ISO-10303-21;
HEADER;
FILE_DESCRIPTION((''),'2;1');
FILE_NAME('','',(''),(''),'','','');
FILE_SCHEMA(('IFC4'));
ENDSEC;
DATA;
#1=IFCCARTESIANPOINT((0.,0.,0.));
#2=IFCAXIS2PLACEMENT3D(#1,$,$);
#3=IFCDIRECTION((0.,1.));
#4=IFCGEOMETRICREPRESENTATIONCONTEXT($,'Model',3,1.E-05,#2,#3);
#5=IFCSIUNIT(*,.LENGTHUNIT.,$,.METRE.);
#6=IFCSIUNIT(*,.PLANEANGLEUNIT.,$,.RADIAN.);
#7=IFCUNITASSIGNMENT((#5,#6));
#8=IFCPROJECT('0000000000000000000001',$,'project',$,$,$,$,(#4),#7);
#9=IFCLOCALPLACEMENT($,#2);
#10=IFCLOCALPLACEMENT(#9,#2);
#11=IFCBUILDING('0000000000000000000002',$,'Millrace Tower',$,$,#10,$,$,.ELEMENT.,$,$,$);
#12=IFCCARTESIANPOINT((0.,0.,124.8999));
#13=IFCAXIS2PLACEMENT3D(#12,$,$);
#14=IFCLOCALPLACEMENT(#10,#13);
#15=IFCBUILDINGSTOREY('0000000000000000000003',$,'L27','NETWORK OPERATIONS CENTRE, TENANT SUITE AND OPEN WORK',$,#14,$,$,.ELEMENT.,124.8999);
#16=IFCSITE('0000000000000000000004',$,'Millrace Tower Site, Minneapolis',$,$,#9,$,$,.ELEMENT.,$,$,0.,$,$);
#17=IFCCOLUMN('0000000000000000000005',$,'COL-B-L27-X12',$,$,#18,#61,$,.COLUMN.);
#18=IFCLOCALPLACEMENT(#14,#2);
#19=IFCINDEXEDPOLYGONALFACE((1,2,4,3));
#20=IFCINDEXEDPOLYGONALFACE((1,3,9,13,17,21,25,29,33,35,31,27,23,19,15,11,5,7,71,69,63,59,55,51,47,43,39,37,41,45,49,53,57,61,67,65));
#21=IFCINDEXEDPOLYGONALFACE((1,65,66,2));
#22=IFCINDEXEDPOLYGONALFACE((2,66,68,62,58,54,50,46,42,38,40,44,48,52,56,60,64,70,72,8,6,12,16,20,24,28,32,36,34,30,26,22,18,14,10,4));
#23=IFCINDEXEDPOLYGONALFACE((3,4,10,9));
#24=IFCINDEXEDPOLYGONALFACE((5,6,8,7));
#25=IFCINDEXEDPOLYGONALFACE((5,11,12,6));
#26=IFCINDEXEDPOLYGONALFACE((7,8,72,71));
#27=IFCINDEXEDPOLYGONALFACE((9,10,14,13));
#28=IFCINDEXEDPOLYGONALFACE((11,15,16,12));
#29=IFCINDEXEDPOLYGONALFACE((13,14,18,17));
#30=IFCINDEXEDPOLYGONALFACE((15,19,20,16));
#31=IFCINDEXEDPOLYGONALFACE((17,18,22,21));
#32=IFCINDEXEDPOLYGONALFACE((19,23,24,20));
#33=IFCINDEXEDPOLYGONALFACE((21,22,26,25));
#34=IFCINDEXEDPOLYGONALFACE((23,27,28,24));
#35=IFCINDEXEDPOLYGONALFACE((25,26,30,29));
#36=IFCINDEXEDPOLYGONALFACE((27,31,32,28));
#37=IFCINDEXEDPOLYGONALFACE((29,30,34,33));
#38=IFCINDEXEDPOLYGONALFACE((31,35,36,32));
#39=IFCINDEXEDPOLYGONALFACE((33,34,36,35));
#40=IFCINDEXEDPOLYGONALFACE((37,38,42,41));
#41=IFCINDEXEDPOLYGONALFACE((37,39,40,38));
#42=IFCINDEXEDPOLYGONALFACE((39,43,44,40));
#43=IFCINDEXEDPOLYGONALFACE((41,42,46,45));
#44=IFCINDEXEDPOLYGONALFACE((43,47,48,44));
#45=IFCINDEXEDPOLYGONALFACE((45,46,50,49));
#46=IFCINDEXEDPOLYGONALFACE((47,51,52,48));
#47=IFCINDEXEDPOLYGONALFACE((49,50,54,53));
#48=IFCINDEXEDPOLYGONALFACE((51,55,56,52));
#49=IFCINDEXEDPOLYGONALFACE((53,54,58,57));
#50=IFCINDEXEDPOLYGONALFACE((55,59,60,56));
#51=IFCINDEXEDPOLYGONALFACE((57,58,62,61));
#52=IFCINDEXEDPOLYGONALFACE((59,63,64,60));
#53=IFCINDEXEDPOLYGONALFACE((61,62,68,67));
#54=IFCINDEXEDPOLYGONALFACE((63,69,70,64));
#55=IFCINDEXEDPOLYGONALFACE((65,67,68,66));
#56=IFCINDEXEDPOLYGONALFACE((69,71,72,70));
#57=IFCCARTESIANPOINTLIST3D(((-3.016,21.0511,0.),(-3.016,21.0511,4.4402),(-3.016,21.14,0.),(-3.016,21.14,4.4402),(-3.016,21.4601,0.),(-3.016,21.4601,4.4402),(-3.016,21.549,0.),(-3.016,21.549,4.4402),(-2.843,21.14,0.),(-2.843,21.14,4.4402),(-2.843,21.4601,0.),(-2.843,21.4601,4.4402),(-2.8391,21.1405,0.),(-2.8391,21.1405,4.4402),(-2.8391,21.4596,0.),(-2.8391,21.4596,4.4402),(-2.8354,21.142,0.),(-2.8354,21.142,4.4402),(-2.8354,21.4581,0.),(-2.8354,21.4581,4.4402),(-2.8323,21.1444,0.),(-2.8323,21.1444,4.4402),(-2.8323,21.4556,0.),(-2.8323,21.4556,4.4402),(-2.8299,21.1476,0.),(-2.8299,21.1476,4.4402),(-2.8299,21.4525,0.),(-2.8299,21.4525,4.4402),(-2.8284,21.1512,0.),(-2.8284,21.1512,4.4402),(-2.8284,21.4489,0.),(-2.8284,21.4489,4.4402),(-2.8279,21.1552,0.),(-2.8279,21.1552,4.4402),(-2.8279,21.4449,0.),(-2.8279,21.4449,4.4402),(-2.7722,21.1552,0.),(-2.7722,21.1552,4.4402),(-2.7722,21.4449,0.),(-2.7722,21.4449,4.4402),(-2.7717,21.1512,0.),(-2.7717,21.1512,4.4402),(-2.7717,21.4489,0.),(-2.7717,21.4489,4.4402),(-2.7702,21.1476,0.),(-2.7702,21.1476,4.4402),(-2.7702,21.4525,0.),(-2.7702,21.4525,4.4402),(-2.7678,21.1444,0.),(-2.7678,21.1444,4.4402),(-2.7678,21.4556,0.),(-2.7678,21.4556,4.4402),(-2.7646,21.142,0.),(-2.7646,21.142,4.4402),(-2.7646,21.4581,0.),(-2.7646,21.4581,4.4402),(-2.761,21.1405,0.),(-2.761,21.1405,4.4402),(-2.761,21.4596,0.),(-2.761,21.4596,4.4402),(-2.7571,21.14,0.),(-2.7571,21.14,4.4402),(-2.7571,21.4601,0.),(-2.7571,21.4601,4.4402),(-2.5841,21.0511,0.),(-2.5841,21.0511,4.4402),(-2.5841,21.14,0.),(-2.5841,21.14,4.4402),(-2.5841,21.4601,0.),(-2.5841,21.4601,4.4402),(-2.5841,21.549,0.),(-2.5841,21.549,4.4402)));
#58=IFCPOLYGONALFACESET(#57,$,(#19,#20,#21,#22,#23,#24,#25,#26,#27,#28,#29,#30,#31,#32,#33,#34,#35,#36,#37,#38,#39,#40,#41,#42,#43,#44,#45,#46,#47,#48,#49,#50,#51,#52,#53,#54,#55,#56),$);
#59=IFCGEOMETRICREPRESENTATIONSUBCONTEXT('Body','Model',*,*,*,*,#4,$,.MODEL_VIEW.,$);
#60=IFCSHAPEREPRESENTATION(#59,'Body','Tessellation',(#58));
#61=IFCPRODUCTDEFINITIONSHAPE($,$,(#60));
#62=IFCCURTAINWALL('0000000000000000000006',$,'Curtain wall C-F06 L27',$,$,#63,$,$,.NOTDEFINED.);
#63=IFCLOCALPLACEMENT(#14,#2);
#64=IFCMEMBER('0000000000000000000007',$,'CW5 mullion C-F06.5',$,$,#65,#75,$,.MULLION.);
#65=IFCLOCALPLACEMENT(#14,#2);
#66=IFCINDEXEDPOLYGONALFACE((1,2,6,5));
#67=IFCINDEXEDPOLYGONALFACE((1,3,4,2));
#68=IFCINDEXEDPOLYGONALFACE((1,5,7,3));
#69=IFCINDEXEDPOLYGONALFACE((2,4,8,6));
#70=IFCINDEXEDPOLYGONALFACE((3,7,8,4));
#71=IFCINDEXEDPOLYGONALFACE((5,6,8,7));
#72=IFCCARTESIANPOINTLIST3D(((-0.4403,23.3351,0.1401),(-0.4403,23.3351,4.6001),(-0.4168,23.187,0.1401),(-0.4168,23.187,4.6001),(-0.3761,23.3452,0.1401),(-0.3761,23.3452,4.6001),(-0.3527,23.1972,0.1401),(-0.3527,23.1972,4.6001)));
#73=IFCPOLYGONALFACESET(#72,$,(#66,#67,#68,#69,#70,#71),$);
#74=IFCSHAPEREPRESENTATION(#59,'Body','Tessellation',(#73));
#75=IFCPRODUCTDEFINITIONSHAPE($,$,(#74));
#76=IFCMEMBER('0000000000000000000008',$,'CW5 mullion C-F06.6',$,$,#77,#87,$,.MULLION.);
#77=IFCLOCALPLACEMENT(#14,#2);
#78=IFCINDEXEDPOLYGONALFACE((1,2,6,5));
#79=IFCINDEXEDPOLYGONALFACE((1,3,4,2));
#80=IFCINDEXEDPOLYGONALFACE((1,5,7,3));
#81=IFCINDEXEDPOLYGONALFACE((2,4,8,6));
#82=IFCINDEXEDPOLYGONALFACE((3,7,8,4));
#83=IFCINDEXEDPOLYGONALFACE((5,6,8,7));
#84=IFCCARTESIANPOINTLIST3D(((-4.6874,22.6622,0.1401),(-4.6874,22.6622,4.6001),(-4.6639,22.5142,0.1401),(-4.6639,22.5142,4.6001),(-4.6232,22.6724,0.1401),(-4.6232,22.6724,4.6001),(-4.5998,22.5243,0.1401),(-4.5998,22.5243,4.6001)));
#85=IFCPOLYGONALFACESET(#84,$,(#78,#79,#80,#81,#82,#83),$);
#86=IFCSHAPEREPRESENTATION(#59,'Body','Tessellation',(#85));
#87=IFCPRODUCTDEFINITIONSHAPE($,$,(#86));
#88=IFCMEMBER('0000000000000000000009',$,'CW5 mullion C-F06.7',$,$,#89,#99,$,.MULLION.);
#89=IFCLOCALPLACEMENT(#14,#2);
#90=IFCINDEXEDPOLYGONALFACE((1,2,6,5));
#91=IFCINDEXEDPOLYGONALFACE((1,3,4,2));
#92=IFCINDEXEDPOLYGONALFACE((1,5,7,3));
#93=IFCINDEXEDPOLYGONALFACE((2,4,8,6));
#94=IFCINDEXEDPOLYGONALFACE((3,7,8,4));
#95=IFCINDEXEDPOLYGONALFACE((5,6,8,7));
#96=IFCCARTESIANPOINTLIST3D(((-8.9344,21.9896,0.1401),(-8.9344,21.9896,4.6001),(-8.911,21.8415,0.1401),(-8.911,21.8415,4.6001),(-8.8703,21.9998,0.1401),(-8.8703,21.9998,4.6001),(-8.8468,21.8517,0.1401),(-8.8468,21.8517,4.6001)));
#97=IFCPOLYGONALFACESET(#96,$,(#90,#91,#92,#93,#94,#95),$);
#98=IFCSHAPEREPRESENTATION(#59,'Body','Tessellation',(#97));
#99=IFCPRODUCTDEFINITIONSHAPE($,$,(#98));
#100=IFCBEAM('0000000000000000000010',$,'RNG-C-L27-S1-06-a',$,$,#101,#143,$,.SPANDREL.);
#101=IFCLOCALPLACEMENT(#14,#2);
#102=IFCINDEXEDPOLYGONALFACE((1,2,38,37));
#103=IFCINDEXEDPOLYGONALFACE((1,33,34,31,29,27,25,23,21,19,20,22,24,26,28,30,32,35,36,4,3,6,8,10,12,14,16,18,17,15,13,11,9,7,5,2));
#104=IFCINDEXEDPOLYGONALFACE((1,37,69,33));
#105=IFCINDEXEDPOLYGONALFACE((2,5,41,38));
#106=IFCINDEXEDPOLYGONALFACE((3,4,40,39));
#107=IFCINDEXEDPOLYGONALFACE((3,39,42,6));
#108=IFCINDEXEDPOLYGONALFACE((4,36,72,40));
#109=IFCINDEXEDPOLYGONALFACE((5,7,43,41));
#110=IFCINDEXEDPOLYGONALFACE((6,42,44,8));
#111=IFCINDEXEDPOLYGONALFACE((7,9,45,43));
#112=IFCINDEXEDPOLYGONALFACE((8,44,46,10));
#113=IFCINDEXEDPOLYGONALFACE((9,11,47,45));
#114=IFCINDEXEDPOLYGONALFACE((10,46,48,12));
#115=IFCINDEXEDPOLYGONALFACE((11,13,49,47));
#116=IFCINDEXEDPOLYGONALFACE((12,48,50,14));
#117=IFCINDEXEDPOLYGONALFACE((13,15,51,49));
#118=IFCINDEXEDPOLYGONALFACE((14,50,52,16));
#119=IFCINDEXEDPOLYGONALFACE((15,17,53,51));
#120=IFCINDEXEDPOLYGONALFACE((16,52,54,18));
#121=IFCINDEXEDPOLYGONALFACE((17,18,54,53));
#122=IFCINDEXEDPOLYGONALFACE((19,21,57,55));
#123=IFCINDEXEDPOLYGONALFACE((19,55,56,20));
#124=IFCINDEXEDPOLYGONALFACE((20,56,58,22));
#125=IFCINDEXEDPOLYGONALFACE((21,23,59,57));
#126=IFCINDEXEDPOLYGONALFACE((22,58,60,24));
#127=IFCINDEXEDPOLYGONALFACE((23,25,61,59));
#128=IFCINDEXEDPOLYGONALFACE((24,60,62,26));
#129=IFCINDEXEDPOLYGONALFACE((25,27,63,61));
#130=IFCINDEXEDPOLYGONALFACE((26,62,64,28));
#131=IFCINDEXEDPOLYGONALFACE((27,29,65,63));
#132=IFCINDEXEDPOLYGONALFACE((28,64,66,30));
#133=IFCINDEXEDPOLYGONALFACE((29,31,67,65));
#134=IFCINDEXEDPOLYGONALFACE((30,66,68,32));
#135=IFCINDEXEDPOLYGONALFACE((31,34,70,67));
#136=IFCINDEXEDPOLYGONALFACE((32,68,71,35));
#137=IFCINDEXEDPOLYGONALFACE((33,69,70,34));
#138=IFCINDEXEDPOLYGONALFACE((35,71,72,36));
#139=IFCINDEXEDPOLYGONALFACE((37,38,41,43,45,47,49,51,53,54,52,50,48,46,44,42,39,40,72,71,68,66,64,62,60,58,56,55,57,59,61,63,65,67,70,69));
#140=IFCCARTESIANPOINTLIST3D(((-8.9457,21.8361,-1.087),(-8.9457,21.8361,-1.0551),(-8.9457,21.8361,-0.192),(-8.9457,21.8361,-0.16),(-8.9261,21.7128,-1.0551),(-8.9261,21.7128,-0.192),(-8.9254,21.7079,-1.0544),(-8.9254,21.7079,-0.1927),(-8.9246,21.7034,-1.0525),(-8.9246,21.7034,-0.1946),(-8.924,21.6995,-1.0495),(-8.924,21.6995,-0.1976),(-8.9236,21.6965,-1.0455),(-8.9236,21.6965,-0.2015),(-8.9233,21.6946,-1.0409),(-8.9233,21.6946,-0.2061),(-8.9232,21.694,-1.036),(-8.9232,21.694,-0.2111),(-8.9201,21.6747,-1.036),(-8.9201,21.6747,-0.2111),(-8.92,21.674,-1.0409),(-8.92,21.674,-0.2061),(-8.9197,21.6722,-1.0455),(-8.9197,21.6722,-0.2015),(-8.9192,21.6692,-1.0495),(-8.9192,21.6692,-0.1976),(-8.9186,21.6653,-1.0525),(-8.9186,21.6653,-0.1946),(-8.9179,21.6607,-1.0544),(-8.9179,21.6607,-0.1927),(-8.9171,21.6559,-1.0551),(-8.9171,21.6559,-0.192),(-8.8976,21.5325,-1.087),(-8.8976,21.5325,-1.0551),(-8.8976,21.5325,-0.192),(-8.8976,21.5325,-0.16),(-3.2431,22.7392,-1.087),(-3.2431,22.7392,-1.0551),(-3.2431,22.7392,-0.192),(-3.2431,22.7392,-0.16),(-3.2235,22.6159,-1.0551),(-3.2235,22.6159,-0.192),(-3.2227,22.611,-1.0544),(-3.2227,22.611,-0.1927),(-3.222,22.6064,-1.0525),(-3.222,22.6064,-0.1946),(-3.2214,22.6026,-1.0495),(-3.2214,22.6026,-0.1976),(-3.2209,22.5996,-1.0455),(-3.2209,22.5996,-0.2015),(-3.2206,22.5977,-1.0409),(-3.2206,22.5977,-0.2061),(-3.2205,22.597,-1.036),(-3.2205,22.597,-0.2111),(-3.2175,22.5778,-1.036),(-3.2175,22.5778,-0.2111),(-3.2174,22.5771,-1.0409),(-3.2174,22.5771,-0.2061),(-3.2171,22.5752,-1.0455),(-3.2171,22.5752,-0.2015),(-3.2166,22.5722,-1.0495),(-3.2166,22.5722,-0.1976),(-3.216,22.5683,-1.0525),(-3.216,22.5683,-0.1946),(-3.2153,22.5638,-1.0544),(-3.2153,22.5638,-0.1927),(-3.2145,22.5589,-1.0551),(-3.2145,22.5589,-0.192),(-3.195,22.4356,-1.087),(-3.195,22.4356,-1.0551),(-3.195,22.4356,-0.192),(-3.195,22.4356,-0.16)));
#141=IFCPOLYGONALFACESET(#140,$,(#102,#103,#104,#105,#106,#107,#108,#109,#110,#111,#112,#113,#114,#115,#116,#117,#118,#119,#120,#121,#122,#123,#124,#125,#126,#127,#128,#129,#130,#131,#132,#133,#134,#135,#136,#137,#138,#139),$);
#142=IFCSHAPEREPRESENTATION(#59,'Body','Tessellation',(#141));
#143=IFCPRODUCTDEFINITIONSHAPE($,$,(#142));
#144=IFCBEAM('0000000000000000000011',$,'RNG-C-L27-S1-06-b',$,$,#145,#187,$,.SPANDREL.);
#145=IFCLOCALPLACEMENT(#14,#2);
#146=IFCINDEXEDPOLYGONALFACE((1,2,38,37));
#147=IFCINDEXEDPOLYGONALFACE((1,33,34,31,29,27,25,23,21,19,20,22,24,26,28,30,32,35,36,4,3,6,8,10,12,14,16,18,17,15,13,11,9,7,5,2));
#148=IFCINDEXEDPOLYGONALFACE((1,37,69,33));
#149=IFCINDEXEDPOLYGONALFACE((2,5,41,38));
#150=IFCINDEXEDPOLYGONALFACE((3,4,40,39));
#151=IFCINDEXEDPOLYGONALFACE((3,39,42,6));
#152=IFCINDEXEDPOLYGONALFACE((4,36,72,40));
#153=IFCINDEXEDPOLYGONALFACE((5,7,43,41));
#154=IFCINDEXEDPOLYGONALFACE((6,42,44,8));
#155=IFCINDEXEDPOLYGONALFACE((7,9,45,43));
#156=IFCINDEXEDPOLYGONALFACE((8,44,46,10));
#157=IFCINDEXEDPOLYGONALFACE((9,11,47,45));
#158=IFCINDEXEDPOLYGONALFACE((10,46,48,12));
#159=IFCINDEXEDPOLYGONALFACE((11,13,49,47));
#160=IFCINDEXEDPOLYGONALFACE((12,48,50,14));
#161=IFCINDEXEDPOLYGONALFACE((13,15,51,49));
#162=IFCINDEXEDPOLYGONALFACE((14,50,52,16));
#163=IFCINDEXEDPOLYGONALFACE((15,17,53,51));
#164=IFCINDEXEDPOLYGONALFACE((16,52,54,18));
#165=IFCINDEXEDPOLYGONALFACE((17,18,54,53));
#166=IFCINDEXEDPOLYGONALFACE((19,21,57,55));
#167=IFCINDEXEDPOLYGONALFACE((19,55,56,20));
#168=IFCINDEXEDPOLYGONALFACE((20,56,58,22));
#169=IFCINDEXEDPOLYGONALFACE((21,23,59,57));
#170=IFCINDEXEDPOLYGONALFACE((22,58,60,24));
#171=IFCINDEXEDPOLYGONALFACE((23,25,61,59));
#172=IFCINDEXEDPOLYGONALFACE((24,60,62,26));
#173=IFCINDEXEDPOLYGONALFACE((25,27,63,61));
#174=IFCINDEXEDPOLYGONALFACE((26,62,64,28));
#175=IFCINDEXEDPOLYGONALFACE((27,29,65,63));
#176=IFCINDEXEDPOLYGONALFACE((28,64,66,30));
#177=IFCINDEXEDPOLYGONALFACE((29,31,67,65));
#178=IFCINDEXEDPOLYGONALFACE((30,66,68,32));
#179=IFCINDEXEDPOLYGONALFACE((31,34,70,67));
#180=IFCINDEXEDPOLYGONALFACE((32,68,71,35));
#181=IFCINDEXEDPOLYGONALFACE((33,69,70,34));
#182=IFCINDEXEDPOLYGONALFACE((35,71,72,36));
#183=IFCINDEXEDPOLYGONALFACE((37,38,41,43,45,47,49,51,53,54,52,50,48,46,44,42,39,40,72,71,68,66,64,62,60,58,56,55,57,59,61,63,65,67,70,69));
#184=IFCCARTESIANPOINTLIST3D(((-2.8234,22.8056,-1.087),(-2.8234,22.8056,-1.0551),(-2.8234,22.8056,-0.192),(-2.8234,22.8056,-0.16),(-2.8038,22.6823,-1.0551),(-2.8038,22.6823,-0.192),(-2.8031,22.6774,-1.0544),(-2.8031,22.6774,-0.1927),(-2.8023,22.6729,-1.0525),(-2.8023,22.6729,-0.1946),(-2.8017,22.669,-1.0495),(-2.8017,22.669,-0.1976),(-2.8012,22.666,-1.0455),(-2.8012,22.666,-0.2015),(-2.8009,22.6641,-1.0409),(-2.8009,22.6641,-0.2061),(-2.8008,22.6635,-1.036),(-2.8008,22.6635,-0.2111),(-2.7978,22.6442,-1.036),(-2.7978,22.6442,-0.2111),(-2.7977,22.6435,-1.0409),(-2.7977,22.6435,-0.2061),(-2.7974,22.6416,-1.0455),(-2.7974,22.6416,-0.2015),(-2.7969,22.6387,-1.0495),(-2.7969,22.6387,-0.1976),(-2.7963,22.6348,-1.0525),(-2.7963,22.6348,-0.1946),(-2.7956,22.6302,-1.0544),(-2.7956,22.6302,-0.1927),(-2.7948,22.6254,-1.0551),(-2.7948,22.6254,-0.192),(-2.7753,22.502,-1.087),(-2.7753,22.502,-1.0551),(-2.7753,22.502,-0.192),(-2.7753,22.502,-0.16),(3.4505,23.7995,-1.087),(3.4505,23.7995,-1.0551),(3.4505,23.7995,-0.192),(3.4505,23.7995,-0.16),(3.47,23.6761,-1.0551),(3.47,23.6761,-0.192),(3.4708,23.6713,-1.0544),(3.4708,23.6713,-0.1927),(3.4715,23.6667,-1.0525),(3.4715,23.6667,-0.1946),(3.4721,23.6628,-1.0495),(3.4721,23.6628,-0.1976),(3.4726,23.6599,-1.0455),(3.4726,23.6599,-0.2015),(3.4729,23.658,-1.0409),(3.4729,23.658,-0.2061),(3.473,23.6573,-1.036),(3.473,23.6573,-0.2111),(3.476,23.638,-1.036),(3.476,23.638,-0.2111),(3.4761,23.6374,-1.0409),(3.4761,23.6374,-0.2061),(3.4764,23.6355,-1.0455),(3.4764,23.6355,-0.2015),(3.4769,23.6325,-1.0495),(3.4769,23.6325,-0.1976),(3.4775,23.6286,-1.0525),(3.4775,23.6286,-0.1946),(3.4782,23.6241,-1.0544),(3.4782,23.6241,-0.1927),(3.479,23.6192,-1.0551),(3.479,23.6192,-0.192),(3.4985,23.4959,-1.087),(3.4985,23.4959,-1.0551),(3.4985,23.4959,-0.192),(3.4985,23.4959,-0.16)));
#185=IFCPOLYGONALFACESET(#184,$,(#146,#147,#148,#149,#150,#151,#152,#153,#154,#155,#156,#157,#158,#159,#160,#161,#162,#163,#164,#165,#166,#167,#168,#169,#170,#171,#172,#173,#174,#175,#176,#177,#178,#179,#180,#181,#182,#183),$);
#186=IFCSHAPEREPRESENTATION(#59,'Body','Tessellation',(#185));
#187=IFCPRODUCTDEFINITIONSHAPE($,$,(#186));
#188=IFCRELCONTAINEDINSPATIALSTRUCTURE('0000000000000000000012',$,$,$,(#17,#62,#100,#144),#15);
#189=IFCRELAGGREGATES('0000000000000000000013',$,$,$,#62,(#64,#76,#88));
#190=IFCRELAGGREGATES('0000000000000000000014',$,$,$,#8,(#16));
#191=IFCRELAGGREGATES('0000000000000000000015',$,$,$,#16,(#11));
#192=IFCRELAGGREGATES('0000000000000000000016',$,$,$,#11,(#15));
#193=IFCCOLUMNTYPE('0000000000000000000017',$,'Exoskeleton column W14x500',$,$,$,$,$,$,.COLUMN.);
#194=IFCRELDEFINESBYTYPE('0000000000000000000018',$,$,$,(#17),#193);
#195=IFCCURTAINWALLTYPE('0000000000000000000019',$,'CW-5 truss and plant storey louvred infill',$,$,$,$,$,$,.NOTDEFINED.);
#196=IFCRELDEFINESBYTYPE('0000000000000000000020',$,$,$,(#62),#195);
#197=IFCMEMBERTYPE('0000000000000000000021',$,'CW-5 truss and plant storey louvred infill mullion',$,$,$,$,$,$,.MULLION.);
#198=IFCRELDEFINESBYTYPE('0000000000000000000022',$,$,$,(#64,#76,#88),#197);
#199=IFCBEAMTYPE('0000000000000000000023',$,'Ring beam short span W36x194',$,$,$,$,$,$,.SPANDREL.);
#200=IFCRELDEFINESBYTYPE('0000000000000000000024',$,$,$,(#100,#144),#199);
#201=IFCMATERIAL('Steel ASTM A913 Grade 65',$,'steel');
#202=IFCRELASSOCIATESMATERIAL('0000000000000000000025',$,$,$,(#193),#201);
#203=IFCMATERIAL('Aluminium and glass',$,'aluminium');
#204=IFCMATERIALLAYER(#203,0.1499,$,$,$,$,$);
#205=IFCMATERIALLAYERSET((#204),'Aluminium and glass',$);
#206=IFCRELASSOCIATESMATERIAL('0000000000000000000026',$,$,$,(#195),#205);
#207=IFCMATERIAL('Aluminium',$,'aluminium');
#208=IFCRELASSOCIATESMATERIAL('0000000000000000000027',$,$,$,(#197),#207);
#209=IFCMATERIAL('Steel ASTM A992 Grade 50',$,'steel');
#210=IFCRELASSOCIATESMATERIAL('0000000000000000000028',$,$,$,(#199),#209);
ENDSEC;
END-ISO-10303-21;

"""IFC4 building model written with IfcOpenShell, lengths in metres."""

from ifc_helpers import new_model, si_unit, direction, frame, origin, origin_2d, place, context, subcontext, project, spatial, rectangle, i_section, extrude, material, layer, layer_set, material_profile, profile_set, type_object, element, aggregate, save


model = new_model("IFC4")

# Units and contexts
model_context = context("Model", 3, precision=1e-05, world=origin(), true_north=direction((0.0, 1.0)))
body_context = subcontext(model_context, "Body", "Model", "MODEL_VIEW")
ifc_project = project(units=[si_unit("LENGTHUNIT", "METRE"), si_unit("PLANEANGLEUNIT", "RADIAN")], contexts=[model_context])

# Site, building, storey
site_placement = place(None, origin())
site = spatial("IfcSite", under=ifc_project, at=site_placement, Name="Millrace Tower Site, Minneapolis", CompositionType="ELEMENT", RefElevation=0.0)
building_placement = place(site_placement, origin())
building = spatial("IfcBuilding", under=site, at=building_placement, Name="Millrace Tower", CompositionType="ELEMENT")
storey_placement = place(building_placement, frame((0.0, 0.0, 124.8999)))
storey = spatial("IfcBuildingStorey", under=building, at=storey_placement, Name="L27", Description="NETWORK OPERATIONS CENTRE, TENANT SUITE AND OPEN WORK", CompositionType="ELEMENT", Elevation=124.8999)

# Column
ifc_material_1 = material(Name="Steel ASTM A913 Grade 65", Category="steel")
ifc_material_profile_1 = material_profile(ifc_material_1, i_section(OverallWidth=0.4319, OverallDepth=0.4978, WebThickness=0.0557, FlangeThickness=0.0889, FilletRadius=0.0151, at=origin_2d()))
ifc_profile_set_1 = profile_set([ifc_material_profile_1], Name="Steel ASTM A913 Grade 65")
column_type = type_object("IfcColumnType", Name="Exoskeleton column W14x500", PredefinedType="COLUMN", material=ifc_profile_set_1)
column_placement = place(storey_placement, frame((-2.8, 21.3, 0.0), z_axis=(0.0, 0.0, 1.0), x_axis=(-1.0, 0.0, 0.0)))
element("IfcColumn", 1, at=column_placement, inside=storey, type_object=column_type, Name="COL-B-L27-X12", PredefinedType="COLUMN", context=body_context, shape_type="SweptSolid", body=[
    extrude(i_section(OverallWidth=0.4319, OverallDepth=0.4978, WebThickness=0.0557, FlangeThickness=0.0889, FilletRadius=0.0151, at=origin_2d()), origin(), (0.0, 0.0, 1.0), 4.4402),
])

# Curtain wall, members
ifc_material_2 = material(Name="Aluminium and glass", Category="aluminium")
ifc_layer_1 = layer(ifc_material_2, 0.1499)
ifc_layer_set_1 = layer_set([ifc_layer_1], Name="Aluminium and glass")
curtain_wall_type = type_object("IfcCurtainWallType", Name="CW-5 truss and plant storey louvred infill", PredefinedType="NOTDEFINED", material=ifc_layer_set_1)
curtain_wall_placement = place(storey_placement, origin())
curtain_wall = element("IfcCurtainWall", 2, at=curtain_wall_placement, inside=storey, type_object=curtain_wall_type, Name="Curtain wall C-F06 L27", PredefinedType="NOTDEFINED")
ifc_material_3 = material(Name="Aluminium", Category="aluminium")
ifc_material_profile_2 = material_profile(ifc_material_3, rectangle(XDim=0.0649, YDim=0.1499, at=origin_2d()))
ifc_profile_set_2 = profile_set([ifc_material_profile_2], Name="Aluminium")
member_type_1 = type_object("IfcMemberType", Name="CW-5 truss and plant storey louvred infill mullion", PredefinedType="MULLION", material=ifc_profile_set_2)
member_1_placement = place(storey_placement, frame((-0.3965, 23.2661, 0.1401), z_axis=(0.0, 0.0, 1.0), x_axis=(-0.987688, -0.156434, 0.0)))
member_1 = element("IfcMember", 3, at=member_1_placement, type_object=member_type_1, Name="CW5 mullion C-F06.5", PredefinedType="MULLION", context=body_context, shape_type="SweptSolid", body=[
    extrude(rectangle(XDim=0.0649, YDim=0.1499, at=origin_2d()), origin(), (0.0, 0.0, 1.0), 4.46),
])
member_2_placement = place(storey_placement, frame((-4.6436, 22.5933, 0.1401), z_axis=(0.0, 0.0, 1.0), x_axis=(-0.987688, -0.156434, 0.0)))
member_2 = element("IfcMember", 4, at=member_2_placement, type_object=member_type_1, Name="CW5 mullion C-F06.6", PredefinedType="MULLION", context=body_context, shape_type="SweptSolid", body=[
    extrude(rectangle(XDim=0.0649, YDim=0.1499, at=origin_2d()), origin(), (0.0, 0.0, 1.0), 4.46),
])
member_3_placement = place(storey_placement, frame((-8.8906, 21.9207, 0.1401), z_axis=(0.0, 0.0, 1.0), x_axis=(-0.987688, -0.156434, 0.0)))
member_3 = element("IfcMember", 5, at=member_3_placement, type_object=member_type_1, Name="CW5 mullion C-F06.7", PredefinedType="MULLION", context=body_context, shape_type="SweptSolid", body=[
    extrude(rectangle(XDim=0.0649, YDim=0.1499, at=origin_2d()), origin(), (0.0, 0.0, 1.0), 4.46),
])
aggregate(curtain_wall, [member_1, member_2, member_3])

# Beams
ifc_material_4 = material(Name="Steel ASTM A992 Grade 50", Category="steel")
ifc_material_profile_3 = material_profile(ifc_material_4, i_section(OverallWidth=0.3074, OverallDepth=0.927, WebThickness=0.0195, FlangeThickness=0.032, FilletRadius=0.019, at=origin_2d()))
ifc_profile_set_3 = profile_set([ifc_material_profile_3], Name="Steel ASTM A992 Grade 50")
beam_type_1 = type_object("IfcBeamType", Name="Ring beam short span W36x194", PredefinedType="SPANDREL", material=ifc_profile_set_3)
beam_1_placement = place(storey_placement, frame((-8.9216, 21.6843, -0.6235), z_axis=(0.987692, 0.156412, 0.0), x_axis=(-0.156412, 0.987692, 0.0)))
element("IfcBeam", 6, at=beam_1_placement, inside=storey, type_object=beam_type_1, Name="RNG-C-L27-S1-06-a", PredefinedType="SPANDREL", context=body_context, shape_type="SweptSolid", body=[
    extrude(i_section(OverallWidth=0.3074, OverallDepth=0.927, WebThickness=0.0195, FlangeThickness=0.032, FilletRadius=0.019, at=origin_2d()), origin(), (0.0, 0.0, 1.0), 5.7737),
])
beam_2_placement = place(storey_placement, frame((-2.7993, 22.6538, -0.6235), z_axis=(0.987683, 0.156466, 0.0), x_axis=(-0.156466, 0.987683, 0.0)))
element("IfcBeam", 7, at=beam_2_placement, inside=storey, type_object=beam_type_1, Name="RNG-C-L27-S1-06-b", PredefinedType="SPANDREL", context=body_context, shape_type="SweptSolid", body=[
    extrude(i_section(OverallWidth=0.3074, OverallDepth=0.927, WebThickness=0.0195, FlangeThickness=0.032, FilletRadius=0.019, at=origin_2d()), origin(), (0.0, 0.0, 1.0), 6.3521),
])

save(model, "model.ifc")
